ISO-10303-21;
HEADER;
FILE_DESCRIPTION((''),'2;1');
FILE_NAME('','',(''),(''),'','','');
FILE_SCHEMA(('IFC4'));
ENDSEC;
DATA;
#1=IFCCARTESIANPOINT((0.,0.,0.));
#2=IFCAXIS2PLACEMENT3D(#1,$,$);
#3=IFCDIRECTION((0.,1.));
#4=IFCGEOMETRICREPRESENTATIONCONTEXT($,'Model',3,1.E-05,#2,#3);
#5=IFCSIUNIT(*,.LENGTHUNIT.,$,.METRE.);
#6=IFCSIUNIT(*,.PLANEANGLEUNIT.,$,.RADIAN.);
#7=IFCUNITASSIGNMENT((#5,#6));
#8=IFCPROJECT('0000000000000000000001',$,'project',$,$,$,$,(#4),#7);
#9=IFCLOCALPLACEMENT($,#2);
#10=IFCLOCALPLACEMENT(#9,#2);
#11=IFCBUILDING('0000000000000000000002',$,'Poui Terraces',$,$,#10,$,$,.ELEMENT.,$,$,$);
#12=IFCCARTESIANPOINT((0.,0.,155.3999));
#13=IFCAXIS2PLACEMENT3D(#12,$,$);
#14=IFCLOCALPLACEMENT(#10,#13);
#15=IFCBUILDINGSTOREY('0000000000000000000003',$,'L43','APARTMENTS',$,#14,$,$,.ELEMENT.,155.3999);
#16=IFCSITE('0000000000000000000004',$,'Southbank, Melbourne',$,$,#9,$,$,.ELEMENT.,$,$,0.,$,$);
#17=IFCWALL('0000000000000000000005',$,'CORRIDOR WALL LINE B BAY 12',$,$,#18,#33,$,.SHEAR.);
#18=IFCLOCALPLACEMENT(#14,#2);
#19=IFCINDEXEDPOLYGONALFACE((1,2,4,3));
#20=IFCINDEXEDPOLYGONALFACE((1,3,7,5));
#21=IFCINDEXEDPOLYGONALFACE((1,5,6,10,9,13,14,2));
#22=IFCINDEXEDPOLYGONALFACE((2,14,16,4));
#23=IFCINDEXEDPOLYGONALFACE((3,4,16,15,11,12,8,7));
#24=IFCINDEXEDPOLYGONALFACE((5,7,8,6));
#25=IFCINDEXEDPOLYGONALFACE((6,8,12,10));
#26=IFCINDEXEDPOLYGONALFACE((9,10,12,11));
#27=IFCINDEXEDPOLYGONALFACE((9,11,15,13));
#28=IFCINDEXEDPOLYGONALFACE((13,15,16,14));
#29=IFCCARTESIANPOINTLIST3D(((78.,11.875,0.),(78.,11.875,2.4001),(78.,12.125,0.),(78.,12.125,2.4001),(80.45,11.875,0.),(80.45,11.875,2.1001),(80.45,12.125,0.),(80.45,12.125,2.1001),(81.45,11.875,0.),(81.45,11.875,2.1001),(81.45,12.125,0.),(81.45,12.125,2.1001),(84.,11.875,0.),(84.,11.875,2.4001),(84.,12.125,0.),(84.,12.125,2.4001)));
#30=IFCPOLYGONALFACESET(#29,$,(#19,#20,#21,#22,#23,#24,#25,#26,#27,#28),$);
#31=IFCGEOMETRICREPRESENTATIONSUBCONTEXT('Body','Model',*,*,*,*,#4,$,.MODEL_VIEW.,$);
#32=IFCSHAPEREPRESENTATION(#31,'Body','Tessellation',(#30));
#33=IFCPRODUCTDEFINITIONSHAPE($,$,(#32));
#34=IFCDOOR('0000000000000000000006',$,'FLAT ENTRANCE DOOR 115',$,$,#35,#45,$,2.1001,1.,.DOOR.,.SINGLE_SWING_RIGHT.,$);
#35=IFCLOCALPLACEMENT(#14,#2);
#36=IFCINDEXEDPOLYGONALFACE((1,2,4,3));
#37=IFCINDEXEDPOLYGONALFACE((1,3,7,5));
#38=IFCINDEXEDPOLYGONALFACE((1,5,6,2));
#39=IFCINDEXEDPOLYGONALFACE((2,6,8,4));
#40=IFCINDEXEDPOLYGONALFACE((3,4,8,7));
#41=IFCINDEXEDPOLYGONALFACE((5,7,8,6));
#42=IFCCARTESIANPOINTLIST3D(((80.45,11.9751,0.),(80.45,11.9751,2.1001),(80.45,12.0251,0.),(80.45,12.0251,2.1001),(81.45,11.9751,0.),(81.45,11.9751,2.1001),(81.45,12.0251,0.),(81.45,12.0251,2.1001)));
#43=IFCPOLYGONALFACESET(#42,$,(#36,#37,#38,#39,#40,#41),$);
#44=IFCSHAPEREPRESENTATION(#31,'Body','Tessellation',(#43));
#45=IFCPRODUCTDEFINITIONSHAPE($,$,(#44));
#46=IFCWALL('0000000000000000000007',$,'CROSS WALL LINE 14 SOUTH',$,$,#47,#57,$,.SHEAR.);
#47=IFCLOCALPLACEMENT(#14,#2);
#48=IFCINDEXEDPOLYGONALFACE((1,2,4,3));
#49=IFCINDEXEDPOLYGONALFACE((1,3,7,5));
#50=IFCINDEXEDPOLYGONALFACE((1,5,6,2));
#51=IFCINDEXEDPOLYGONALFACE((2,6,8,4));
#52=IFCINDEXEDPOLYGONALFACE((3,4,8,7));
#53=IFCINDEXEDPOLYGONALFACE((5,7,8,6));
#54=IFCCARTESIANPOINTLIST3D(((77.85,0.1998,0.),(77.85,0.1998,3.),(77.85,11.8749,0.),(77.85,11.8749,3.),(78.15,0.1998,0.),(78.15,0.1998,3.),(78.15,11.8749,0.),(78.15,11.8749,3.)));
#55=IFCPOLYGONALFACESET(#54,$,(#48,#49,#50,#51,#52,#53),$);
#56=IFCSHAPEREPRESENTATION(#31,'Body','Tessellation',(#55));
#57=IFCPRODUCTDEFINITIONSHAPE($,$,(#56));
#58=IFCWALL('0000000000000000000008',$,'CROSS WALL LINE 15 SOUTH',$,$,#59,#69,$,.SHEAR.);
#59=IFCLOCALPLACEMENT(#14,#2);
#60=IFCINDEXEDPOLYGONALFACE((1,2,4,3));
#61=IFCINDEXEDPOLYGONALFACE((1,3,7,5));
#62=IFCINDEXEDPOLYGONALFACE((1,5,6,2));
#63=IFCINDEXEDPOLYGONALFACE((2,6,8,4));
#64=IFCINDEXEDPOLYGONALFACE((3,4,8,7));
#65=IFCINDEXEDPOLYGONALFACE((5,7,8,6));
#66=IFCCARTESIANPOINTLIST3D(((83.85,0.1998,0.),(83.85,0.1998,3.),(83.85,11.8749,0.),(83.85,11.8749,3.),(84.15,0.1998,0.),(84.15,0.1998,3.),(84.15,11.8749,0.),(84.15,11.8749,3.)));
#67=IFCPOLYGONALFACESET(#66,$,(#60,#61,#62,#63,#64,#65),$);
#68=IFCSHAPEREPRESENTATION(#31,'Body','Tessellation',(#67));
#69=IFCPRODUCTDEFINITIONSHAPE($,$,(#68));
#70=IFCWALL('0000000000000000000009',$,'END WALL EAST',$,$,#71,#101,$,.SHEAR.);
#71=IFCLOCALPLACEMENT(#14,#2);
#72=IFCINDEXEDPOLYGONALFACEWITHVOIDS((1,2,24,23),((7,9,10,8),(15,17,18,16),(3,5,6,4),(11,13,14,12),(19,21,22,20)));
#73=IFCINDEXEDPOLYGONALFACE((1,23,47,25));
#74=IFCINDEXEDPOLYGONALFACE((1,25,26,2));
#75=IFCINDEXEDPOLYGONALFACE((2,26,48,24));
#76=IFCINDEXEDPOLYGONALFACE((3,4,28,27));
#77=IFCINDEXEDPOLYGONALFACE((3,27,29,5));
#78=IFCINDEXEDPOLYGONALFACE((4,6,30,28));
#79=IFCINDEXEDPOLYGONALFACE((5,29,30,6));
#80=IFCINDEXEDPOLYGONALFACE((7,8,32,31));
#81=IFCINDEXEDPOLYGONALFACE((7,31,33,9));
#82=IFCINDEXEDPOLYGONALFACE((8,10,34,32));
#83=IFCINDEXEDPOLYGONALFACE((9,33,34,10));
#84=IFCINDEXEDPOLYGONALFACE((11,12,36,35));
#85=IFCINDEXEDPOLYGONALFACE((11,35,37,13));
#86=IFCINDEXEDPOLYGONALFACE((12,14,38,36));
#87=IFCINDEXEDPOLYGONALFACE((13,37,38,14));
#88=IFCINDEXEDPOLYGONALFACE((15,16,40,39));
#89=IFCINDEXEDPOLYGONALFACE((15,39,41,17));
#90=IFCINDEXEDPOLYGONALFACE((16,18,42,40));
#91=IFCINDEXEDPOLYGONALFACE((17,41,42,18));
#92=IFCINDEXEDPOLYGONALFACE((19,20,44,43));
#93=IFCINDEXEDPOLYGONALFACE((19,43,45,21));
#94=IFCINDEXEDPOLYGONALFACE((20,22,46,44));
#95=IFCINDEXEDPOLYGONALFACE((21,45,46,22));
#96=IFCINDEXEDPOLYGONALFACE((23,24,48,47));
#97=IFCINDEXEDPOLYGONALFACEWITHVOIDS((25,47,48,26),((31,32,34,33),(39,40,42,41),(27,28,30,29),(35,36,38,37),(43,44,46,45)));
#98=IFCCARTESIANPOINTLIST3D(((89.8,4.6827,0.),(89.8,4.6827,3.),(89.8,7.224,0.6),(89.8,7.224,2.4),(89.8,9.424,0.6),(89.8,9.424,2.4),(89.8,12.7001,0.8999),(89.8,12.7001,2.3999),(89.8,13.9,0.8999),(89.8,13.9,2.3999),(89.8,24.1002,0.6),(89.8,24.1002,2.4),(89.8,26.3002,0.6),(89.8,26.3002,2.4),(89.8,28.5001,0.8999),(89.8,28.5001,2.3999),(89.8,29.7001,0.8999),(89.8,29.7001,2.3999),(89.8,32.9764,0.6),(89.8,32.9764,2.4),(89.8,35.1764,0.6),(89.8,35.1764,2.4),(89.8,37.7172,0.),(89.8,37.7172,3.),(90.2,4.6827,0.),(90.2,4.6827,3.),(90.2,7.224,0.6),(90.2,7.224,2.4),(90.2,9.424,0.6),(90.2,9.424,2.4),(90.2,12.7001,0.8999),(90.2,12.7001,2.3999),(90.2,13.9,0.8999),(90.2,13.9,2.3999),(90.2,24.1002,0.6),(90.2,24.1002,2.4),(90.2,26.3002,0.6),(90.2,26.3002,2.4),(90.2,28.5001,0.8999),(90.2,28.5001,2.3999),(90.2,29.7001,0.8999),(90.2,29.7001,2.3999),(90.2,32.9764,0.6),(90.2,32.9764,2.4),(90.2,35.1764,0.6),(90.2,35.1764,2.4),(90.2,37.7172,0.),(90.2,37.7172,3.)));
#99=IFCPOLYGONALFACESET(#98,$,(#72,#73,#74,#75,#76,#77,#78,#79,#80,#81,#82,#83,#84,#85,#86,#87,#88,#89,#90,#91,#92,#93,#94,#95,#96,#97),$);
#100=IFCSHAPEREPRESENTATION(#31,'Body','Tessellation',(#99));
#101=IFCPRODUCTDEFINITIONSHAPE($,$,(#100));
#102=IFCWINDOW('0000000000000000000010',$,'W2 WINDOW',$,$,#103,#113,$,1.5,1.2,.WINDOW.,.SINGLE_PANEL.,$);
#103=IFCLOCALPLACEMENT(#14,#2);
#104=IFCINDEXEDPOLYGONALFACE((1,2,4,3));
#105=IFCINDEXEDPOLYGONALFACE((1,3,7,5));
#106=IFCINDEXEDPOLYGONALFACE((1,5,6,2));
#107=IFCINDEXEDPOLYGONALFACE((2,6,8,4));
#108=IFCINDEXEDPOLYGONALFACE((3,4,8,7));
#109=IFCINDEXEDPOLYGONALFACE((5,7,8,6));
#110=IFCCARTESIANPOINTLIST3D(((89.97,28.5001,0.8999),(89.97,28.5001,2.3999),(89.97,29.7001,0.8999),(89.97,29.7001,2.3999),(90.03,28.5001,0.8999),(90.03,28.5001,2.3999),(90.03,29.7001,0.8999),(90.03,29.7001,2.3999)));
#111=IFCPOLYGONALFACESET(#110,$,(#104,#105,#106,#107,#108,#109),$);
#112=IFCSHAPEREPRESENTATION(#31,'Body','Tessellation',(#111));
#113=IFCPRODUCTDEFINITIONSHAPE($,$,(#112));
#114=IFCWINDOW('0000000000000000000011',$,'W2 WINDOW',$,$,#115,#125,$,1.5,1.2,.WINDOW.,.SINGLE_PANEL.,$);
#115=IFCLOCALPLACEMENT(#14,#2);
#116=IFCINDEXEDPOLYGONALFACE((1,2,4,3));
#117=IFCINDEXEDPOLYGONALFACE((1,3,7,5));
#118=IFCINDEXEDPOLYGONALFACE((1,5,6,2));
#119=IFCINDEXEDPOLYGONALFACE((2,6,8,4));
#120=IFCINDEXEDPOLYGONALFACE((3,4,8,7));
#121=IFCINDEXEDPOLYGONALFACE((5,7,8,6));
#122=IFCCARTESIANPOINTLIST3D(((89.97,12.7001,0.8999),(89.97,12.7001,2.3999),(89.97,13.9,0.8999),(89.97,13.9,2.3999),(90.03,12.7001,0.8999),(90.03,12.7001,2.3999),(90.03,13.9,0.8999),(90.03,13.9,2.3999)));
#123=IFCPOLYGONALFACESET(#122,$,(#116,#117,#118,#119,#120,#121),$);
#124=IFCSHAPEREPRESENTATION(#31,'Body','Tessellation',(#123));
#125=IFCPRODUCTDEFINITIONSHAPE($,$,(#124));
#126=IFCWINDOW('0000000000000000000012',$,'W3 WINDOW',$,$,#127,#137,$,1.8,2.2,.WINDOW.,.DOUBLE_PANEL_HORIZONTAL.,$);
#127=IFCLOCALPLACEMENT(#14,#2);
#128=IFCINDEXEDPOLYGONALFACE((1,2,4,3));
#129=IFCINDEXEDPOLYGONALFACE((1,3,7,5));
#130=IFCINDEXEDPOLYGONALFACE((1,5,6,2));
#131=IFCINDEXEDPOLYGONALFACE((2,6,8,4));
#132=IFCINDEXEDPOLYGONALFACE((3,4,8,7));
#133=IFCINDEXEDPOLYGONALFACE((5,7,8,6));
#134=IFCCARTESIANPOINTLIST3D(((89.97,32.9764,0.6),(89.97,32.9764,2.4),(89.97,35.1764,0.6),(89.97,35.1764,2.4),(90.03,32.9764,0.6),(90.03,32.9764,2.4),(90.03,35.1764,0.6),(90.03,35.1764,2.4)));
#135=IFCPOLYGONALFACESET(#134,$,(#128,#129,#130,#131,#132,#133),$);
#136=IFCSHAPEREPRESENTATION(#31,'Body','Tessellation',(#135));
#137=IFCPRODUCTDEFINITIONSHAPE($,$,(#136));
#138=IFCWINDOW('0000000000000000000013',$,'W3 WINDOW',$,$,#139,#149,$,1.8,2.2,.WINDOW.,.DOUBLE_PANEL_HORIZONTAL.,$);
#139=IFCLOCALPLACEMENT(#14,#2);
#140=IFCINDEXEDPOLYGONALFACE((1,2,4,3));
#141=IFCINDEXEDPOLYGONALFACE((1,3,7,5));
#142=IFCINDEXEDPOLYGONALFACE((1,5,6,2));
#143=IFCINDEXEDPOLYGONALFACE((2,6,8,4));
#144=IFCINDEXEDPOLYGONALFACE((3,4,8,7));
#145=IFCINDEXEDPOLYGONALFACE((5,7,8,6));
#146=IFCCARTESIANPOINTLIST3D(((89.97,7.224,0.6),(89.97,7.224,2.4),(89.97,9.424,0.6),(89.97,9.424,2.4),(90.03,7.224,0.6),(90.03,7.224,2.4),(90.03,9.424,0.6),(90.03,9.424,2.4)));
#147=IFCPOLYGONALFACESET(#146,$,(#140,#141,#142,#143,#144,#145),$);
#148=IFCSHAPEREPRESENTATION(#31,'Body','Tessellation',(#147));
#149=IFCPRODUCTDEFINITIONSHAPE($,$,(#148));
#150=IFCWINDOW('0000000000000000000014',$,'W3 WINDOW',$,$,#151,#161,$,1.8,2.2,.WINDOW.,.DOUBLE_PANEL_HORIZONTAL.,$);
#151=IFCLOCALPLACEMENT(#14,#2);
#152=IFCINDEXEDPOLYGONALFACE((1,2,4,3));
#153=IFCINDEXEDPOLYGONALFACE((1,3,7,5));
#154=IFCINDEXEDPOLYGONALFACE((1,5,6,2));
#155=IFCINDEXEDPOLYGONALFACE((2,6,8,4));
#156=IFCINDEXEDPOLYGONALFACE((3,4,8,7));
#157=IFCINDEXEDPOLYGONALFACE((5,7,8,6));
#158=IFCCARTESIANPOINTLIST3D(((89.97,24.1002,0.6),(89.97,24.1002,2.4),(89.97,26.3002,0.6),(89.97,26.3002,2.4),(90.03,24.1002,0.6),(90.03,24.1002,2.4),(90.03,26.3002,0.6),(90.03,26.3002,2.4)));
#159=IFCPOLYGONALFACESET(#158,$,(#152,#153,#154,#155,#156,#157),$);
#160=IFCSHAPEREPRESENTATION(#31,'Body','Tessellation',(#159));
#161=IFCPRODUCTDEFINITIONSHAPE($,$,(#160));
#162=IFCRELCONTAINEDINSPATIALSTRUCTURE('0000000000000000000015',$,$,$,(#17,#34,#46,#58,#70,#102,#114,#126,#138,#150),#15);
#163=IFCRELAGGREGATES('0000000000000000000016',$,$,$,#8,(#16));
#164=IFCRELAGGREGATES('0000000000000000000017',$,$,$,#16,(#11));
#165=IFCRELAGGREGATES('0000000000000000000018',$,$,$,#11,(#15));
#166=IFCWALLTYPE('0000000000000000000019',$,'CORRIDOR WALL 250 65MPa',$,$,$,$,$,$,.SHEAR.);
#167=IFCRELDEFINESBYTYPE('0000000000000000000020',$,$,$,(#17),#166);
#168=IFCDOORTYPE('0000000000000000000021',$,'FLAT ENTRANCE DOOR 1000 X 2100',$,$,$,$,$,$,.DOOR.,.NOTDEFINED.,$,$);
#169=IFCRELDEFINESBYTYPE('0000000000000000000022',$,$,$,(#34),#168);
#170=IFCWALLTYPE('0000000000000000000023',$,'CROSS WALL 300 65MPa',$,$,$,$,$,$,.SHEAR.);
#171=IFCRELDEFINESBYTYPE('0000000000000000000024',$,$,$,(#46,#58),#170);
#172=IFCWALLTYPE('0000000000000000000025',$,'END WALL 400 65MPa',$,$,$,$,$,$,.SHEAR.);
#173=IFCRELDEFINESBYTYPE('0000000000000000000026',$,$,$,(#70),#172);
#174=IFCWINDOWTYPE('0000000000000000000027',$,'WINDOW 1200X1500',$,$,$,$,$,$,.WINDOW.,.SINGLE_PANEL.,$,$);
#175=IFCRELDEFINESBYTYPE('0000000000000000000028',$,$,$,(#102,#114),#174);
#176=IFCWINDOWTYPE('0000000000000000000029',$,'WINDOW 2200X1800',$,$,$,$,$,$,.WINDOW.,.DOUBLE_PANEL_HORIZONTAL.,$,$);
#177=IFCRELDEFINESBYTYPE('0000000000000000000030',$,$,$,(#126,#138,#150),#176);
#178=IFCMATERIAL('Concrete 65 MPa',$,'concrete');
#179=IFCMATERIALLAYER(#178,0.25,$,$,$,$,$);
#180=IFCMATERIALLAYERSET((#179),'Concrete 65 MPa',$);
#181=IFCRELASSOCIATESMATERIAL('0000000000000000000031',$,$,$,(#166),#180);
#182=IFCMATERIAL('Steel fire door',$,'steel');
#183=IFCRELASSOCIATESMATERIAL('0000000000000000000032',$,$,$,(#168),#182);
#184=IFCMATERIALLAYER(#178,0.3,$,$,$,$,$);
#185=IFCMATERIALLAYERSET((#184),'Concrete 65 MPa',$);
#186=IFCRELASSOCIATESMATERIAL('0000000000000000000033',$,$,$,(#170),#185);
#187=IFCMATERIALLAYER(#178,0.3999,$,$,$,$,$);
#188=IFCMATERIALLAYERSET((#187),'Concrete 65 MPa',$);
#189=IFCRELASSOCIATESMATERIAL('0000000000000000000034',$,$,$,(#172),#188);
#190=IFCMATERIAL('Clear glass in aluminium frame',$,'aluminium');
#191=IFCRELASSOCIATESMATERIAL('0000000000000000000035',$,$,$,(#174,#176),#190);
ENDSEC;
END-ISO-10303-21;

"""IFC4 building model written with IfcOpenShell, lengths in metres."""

from ifc_helpers import new_model, si_unit, direction, frame, frame_2d, origin, place, context, subcontext, project, spatial, rectangle, extrude, material, layer, layer_set, type_object, element, fill, save


model = new_model("IFC4")

# Units and contexts
model_context = context("Model", 3, precision=1e-05, world=origin(), true_north=direction((0.0, 1.0)))
body_context = subcontext(model_context, "Body", "Model", "MODEL_VIEW")
ifc_project = project(units=[si_unit("LENGTHUNIT", "METRE"), si_unit("PLANEANGLEUNIT", "RADIAN")], contexts=[model_context])

# Site, building, storey
site_placement = place(None, origin())
site = spatial("IfcSite", under=ifc_project, at=site_placement, Name="Southbank, Melbourne", CompositionType="ELEMENT", RefElevation=0.0)
building_placement = place(site_placement, origin())
building = spatial("IfcBuilding", under=site, at=building_placement, Name="Poui Terraces", CompositionType="ELEMENT")
storey_placement = place(building_placement, frame((0.0, 0.0, 155.3999)))
storey = spatial("IfcBuildingStorey", under=building, at=storey_placement, Name="L43", Description="APARTMENTS", CompositionType="ELEMENT", Elevation=155.3999)

# Wall, opening, door
ifc_material_1 = material(Name="Concrete 65 MPa", Category="concrete")
ifc_layer_1 = layer(ifc_material_1, 0.25)
ifc_layer_set_1 = layer_set([ifc_layer_1], Name="Concrete 65 MPa")
wall_type_1 = type_object("IfcWallType", Name="CORRIDOR WALL 250 65MPa", PredefinedType="SHEAR", material=ifc_layer_set_1)
wall_1_placement = place(storey_placement, frame((78.0, 12.0, 0.0), z_axis=(0.0, 0.0, 1.0), x_axis=(1.0, 0.0, 0.0)))
wall_1 = element("IfcWall", 1, at=wall_1_placement, inside=storey, type_object=wall_type_1, Name="CORRIDOR WALL LINE B BAY 12", PredefinedType="SHEAR", context=body_context, shape_type="SweptSolid", body=[
    extrude(rectangle(XDim=6.0, YDim=0.25, at=frame_2d((3.0, 0.0))), origin(), (0.0, 0.0, 1.0), 2.4001),
])
opening_1_placement = place(wall_1_placement, frame((2.45, 0.0, 0.0)))
opening_1 = element("IfcOpeningElement", 2, at=opening_1_placement, cuts=wall_1, PredefinedType="OPENING", context=body_context, shape_type="SweptSolid", body=[
    extrude(rectangle(XDim=1.0, YDim=2.1001, at=frame_2d((0.5, 1.05))), frame((0.0, 0.135, 0.0), z_axis=(0.0, -1.0, 0.0), x_axis=(1.0, 0.0, 0.0)), (0.0, 0.0, 1.0), 0.27),
])
ifc_material_2 = material(Name="Steel fire door", Category="steel")
door_type_1 = type_object("IfcDoorType", Name="FLAT ENTRANCE DOOR 1000 X 2100", OperationType="NOTDEFINED", PredefinedType="DOOR", material=ifc_material_2)
door_1_placement = place(opening_1_placement, frame((1.0, 0.0, 0.0), z_axis=(0.0, 0.0, 1.0), x_axis=(-1.0, 0.0, 0.0)))
door_1 = element("IfcDoor", 3, at=door_1_placement, inside=storey, type_object=door_type_1, Name="FLAT ENTRANCE DOOR 115", OperationType="SINGLE_SWING_RIGHT", OverallHeight=2.1001, OverallWidth=1.0, PredefinedType="DOOR", context=body_context, shape_type="SweptSolid", body=[
    extrude(rectangle(XDim=1.0, YDim=2.1001, at=frame_2d((0.5, 1.05))), frame((0.0, 0.0249, 0.0), z_axis=(0.0, -1.0, 0.0), x_axis=(1.0, 0.0, 0.0)), (0.0, 0.0, 1.0), 0.05),
])
fill(opening_1, door_1)

# Walls
ifc_layer_2 = layer(ifc_material_1, 0.3)
ifc_layer_set_2 = layer_set([ifc_layer_2], Name="Concrete 65 MPa")
wall_type_2 = type_object("IfcWallType", Name="CROSS WALL 300 65MPa", PredefinedType="SHEAR", material=ifc_layer_set_2)
for number, where, z_axis, x_axis, name in (
    (4, (78.0, 0.2, 0.0), (0.0, 0.0, 1.0), (0.0, 1.0, 0.0), "CROSS WALL LINE 14 SOUTH"),
    (5, (84.0, 0.2, 0.0), (0.0, 0.0, 1.0), (0.0, 1.0, 0.0), "CROSS WALL LINE 15 SOUTH"),
):
    element("IfcWall", number, at=place(storey_placement, frame(where, z_axis=z_axis, x_axis=x_axis)), inside=storey, type_object=wall_type_2, Name=name, PredefinedType="SHEAR", context=body_context, shape_type="SweptSolid", body=[
        extrude(rectangle(XDim=11.675, YDim=0.3, at=frame_2d((5.8374, 0.0))), origin(), (0.0, 0.0, 1.0), 3.0),
    ])

# Wall, openings, windows
ifc_layer_3 = layer(ifc_material_1, 0.3999)
ifc_layer_set_3 = layer_set([ifc_layer_3], Name="Concrete 65 MPa")
wall_type_3 = type_object("IfcWallType", Name="END WALL 400 65MPa", PredefinedType="SHEAR", material=ifc_layer_set_3)
wall_2_placement = place(storey_placement, frame((90.0, 4.6829, 0.0), z_axis=(0.0, 0.0, 1.0), x_axis=(0.0, 1.0, 0.0)))
wall_2 = element("IfcWall", 6, at=wall_2_placement, inside=storey, type_object=wall_type_3, Name="END WALL EAST", PredefinedType="SHEAR", context=body_context, shape_type="SweptSolid", body=[
    extrude(rectangle(XDim=33.0344, YDim=0.3999, at=frame_2d((16.5171, 0.0))), origin(), (0.0, 0.0, 1.0), 3.0),
])
opening_2_placement = place(wall_2_placement, frame((23.8171, 0.0, 0.8999)))
opening_2 = element("IfcOpeningElement", 7, at=opening_2_placement, cuts=wall_2, PredefinedType="OPENING", context=body_context, shape_type="SweptSolid", body=[
    extrude(rectangle(XDim=1.2, YDim=1.5, at=frame_2d((0.6001, 0.75))), frame((0.0, 0.21, 0.0), z_axis=(0.0, -1.0, 0.0), x_axis=(1.0, 0.0, 0.0)), (0.0, 0.0, 1.0), 0.4199),
])
opening_3_placement = place(wall_2_placement, frame((8.0171, 0.0, 0.8999)))
opening_3 = element("IfcOpeningElement", 8, at=opening_3_placement, cuts=wall_2, PredefinedType="OPENING", context=body_context, shape_type="SweptSolid", body=[
    extrude(rectangle(XDim=1.2, YDim=1.5, at=frame_2d((0.6001, 0.75))), frame((0.0, 0.21, 0.0), z_axis=(0.0, -1.0, 0.0), x_axis=(1.0, 0.0, 0.0)), (0.0, 0.0, 1.0), 0.4199),
])
opening_4_placement = place(wall_2_placement, frame((28.2935, 0.0, 0.6001)))
opening_4 = element("IfcOpeningElement", 9, at=opening_4_placement, cuts=wall_2, PredefinedType="OPENING", context=body_context, shape_type="SweptSolid", body=[
    extrude(rectangle(XDim=2.2, YDim=1.8, at=frame_2d((1.1001, 0.8999))), frame((0.0, 0.21, 0.0), z_axis=(0.0, -1.0, 0.0), x_axis=(1.0, 0.0, 0.0)), (0.0, 0.0, 1.0), 0.4199),
])
opening_5_placement = place(wall_2_placement, frame((2.541, 0.0, 0.6001)))
opening_5 = element("IfcOpeningElement", 10, at=opening_5_placement, cuts=wall_2, PredefinedType="OPENING", context=body_context, shape_type="SweptSolid", body=[
    extrude(rectangle(XDim=2.2, YDim=1.8, at=frame_2d((1.1001, 0.8999))), frame((0.0, 0.21, 0.0), z_axis=(0.0, -1.0, 0.0), x_axis=(1.0, 0.0, 0.0)), (0.0, 0.0, 1.0), 0.4199),
])
opening_6_placement = place(wall_2_placement, frame((19.4172, 0.0, 0.6001)))
opening_6 = element("IfcOpeningElement", 11, at=opening_6_placement, cuts=wall_2, PredefinedType="OPENING", context=body_context, shape_type="SweptSolid", body=[
    extrude(rectangle(XDim=2.2, YDim=1.8, at=frame_2d((1.1001, 0.8999))), frame((0.0, 0.21, 0.0), z_axis=(0.0, -1.0, 0.0), x_axis=(1.0, 0.0, 0.0)), (0.0, 0.0, 1.0), 0.4199),
])
ifc_material_3 = material(Name="Clear glass in aluminium frame", Category="aluminium")
window_type_1 = type_object("IfcWindowType", Name="WINDOW 1200X1500", PartitioningType="SINGLE_PANEL", PredefinedType="WINDOW", material=ifc_material_3)
window_1_placement = place(opening_2_placement, origin())
window_1 = element("IfcWindow", 12, at=window_1_placement, inside=storey, type_object=window_type_1, Name="W2 WINDOW", OverallHeight=1.5, OverallWidth=1.2, PartitioningType="SINGLE_PANEL", PredefinedType="WINDOW", context=body_context, shape_type="SweptSolid", body=[
    extrude(rectangle(XDim=1.2, YDim=1.5, at=frame_2d((0.6001, 0.75))), frame((0.0, 0.03, 0.0), z_axis=(0.0, -1.0, 0.0), x_axis=(1.0, 0.0, 0.0)), (0.0, 0.0, 1.0), 0.0601),
])
fill(opening_2, window_1)
window_2_placement = place(opening_3_placement, origin())
window_2 = element("IfcWindow", 13, at=window_2_placement, inside=storey, type_object=window_type_1, Name="W2 WINDOW", OverallHeight=1.5, OverallWidth=1.2, PartitioningType="SINGLE_PANEL", PredefinedType="WINDOW", context=body_context, shape_type="SweptSolid", body=[
    extrude(rectangle(XDim=1.2, YDim=1.5, at=frame_2d((0.6001, 0.75))), frame((0.0, 0.03, 0.0), z_axis=(0.0, -1.0, 0.0), x_axis=(1.0, 0.0, 0.0)), (0.0, 0.0, 1.0), 0.0601),
])
fill(opening_3, window_2)
window_type_2 = type_object("IfcWindowType", Name="WINDOW 2200X1800", PartitioningType="DOUBLE_PANEL_HORIZONTAL", PredefinedType="WINDOW", material=ifc_material_3)
window_3_placement = place(opening_4_placement, origin())
window_3 = element("IfcWindow", 14, at=window_3_placement, inside=storey, type_object=window_type_2, Name="W3 WINDOW", OverallHeight=1.8, OverallWidth=2.2, PartitioningType="DOUBLE_PANEL_HORIZONTAL", PredefinedType="WINDOW", context=body_context, shape_type="SweptSolid", body=[
    extrude(rectangle(XDim=2.2, YDim=1.8, at=frame_2d((1.1001, 0.8999))), frame((0.0, 0.03, 0.0), z_axis=(0.0, -1.0, 0.0), x_axis=(1.0, 0.0, 0.0)), (0.0, 0.0, 1.0), 0.0601),
])
fill(opening_4, window_3)
window_4_placement = place(opening_5_placement, origin())
window_4 = element("IfcWindow", 15, at=window_4_placement, inside=storey, type_object=window_type_2, Name="W3 WINDOW", OverallHeight=1.8, OverallWidth=2.2, PartitioningType="DOUBLE_PANEL_HORIZONTAL", PredefinedType="WINDOW", context=body_context, shape_type="SweptSolid", body=[
    extrude(rectangle(XDim=2.2, YDim=1.8, at=frame_2d((1.1001, 0.8999))), frame((0.0, 0.03, 0.0), z_axis=(0.0, -1.0, 0.0), x_axis=(1.0, 0.0, 0.0)), (0.0, 0.0, 1.0), 0.0601),
])
fill(opening_5, window_4)
window_5_placement = place(opening_6_placement, origin())
window_5 = element("IfcWindow", 16, at=window_5_placement, inside=storey, type_object=window_type_2, Name="W3 WINDOW", OverallHeight=1.8, OverallWidth=2.2, PartitioningType="DOUBLE_PANEL_HORIZONTAL", PredefinedType="WINDOW", context=body_context, shape_type="SweptSolid", body=[
    extrude(rectangle(XDim=2.2, YDim=1.8, at=frame_2d((1.1001, 0.8999))), frame((0.0, 0.03, 0.0), z_axis=(0.0, -1.0, 0.0), x_axis=(1.0, 0.0, 0.0)), (0.0, 0.0, 1.0), 0.0601),
])
fill(opening_6, window_5)

save(model, "model.ifc")
